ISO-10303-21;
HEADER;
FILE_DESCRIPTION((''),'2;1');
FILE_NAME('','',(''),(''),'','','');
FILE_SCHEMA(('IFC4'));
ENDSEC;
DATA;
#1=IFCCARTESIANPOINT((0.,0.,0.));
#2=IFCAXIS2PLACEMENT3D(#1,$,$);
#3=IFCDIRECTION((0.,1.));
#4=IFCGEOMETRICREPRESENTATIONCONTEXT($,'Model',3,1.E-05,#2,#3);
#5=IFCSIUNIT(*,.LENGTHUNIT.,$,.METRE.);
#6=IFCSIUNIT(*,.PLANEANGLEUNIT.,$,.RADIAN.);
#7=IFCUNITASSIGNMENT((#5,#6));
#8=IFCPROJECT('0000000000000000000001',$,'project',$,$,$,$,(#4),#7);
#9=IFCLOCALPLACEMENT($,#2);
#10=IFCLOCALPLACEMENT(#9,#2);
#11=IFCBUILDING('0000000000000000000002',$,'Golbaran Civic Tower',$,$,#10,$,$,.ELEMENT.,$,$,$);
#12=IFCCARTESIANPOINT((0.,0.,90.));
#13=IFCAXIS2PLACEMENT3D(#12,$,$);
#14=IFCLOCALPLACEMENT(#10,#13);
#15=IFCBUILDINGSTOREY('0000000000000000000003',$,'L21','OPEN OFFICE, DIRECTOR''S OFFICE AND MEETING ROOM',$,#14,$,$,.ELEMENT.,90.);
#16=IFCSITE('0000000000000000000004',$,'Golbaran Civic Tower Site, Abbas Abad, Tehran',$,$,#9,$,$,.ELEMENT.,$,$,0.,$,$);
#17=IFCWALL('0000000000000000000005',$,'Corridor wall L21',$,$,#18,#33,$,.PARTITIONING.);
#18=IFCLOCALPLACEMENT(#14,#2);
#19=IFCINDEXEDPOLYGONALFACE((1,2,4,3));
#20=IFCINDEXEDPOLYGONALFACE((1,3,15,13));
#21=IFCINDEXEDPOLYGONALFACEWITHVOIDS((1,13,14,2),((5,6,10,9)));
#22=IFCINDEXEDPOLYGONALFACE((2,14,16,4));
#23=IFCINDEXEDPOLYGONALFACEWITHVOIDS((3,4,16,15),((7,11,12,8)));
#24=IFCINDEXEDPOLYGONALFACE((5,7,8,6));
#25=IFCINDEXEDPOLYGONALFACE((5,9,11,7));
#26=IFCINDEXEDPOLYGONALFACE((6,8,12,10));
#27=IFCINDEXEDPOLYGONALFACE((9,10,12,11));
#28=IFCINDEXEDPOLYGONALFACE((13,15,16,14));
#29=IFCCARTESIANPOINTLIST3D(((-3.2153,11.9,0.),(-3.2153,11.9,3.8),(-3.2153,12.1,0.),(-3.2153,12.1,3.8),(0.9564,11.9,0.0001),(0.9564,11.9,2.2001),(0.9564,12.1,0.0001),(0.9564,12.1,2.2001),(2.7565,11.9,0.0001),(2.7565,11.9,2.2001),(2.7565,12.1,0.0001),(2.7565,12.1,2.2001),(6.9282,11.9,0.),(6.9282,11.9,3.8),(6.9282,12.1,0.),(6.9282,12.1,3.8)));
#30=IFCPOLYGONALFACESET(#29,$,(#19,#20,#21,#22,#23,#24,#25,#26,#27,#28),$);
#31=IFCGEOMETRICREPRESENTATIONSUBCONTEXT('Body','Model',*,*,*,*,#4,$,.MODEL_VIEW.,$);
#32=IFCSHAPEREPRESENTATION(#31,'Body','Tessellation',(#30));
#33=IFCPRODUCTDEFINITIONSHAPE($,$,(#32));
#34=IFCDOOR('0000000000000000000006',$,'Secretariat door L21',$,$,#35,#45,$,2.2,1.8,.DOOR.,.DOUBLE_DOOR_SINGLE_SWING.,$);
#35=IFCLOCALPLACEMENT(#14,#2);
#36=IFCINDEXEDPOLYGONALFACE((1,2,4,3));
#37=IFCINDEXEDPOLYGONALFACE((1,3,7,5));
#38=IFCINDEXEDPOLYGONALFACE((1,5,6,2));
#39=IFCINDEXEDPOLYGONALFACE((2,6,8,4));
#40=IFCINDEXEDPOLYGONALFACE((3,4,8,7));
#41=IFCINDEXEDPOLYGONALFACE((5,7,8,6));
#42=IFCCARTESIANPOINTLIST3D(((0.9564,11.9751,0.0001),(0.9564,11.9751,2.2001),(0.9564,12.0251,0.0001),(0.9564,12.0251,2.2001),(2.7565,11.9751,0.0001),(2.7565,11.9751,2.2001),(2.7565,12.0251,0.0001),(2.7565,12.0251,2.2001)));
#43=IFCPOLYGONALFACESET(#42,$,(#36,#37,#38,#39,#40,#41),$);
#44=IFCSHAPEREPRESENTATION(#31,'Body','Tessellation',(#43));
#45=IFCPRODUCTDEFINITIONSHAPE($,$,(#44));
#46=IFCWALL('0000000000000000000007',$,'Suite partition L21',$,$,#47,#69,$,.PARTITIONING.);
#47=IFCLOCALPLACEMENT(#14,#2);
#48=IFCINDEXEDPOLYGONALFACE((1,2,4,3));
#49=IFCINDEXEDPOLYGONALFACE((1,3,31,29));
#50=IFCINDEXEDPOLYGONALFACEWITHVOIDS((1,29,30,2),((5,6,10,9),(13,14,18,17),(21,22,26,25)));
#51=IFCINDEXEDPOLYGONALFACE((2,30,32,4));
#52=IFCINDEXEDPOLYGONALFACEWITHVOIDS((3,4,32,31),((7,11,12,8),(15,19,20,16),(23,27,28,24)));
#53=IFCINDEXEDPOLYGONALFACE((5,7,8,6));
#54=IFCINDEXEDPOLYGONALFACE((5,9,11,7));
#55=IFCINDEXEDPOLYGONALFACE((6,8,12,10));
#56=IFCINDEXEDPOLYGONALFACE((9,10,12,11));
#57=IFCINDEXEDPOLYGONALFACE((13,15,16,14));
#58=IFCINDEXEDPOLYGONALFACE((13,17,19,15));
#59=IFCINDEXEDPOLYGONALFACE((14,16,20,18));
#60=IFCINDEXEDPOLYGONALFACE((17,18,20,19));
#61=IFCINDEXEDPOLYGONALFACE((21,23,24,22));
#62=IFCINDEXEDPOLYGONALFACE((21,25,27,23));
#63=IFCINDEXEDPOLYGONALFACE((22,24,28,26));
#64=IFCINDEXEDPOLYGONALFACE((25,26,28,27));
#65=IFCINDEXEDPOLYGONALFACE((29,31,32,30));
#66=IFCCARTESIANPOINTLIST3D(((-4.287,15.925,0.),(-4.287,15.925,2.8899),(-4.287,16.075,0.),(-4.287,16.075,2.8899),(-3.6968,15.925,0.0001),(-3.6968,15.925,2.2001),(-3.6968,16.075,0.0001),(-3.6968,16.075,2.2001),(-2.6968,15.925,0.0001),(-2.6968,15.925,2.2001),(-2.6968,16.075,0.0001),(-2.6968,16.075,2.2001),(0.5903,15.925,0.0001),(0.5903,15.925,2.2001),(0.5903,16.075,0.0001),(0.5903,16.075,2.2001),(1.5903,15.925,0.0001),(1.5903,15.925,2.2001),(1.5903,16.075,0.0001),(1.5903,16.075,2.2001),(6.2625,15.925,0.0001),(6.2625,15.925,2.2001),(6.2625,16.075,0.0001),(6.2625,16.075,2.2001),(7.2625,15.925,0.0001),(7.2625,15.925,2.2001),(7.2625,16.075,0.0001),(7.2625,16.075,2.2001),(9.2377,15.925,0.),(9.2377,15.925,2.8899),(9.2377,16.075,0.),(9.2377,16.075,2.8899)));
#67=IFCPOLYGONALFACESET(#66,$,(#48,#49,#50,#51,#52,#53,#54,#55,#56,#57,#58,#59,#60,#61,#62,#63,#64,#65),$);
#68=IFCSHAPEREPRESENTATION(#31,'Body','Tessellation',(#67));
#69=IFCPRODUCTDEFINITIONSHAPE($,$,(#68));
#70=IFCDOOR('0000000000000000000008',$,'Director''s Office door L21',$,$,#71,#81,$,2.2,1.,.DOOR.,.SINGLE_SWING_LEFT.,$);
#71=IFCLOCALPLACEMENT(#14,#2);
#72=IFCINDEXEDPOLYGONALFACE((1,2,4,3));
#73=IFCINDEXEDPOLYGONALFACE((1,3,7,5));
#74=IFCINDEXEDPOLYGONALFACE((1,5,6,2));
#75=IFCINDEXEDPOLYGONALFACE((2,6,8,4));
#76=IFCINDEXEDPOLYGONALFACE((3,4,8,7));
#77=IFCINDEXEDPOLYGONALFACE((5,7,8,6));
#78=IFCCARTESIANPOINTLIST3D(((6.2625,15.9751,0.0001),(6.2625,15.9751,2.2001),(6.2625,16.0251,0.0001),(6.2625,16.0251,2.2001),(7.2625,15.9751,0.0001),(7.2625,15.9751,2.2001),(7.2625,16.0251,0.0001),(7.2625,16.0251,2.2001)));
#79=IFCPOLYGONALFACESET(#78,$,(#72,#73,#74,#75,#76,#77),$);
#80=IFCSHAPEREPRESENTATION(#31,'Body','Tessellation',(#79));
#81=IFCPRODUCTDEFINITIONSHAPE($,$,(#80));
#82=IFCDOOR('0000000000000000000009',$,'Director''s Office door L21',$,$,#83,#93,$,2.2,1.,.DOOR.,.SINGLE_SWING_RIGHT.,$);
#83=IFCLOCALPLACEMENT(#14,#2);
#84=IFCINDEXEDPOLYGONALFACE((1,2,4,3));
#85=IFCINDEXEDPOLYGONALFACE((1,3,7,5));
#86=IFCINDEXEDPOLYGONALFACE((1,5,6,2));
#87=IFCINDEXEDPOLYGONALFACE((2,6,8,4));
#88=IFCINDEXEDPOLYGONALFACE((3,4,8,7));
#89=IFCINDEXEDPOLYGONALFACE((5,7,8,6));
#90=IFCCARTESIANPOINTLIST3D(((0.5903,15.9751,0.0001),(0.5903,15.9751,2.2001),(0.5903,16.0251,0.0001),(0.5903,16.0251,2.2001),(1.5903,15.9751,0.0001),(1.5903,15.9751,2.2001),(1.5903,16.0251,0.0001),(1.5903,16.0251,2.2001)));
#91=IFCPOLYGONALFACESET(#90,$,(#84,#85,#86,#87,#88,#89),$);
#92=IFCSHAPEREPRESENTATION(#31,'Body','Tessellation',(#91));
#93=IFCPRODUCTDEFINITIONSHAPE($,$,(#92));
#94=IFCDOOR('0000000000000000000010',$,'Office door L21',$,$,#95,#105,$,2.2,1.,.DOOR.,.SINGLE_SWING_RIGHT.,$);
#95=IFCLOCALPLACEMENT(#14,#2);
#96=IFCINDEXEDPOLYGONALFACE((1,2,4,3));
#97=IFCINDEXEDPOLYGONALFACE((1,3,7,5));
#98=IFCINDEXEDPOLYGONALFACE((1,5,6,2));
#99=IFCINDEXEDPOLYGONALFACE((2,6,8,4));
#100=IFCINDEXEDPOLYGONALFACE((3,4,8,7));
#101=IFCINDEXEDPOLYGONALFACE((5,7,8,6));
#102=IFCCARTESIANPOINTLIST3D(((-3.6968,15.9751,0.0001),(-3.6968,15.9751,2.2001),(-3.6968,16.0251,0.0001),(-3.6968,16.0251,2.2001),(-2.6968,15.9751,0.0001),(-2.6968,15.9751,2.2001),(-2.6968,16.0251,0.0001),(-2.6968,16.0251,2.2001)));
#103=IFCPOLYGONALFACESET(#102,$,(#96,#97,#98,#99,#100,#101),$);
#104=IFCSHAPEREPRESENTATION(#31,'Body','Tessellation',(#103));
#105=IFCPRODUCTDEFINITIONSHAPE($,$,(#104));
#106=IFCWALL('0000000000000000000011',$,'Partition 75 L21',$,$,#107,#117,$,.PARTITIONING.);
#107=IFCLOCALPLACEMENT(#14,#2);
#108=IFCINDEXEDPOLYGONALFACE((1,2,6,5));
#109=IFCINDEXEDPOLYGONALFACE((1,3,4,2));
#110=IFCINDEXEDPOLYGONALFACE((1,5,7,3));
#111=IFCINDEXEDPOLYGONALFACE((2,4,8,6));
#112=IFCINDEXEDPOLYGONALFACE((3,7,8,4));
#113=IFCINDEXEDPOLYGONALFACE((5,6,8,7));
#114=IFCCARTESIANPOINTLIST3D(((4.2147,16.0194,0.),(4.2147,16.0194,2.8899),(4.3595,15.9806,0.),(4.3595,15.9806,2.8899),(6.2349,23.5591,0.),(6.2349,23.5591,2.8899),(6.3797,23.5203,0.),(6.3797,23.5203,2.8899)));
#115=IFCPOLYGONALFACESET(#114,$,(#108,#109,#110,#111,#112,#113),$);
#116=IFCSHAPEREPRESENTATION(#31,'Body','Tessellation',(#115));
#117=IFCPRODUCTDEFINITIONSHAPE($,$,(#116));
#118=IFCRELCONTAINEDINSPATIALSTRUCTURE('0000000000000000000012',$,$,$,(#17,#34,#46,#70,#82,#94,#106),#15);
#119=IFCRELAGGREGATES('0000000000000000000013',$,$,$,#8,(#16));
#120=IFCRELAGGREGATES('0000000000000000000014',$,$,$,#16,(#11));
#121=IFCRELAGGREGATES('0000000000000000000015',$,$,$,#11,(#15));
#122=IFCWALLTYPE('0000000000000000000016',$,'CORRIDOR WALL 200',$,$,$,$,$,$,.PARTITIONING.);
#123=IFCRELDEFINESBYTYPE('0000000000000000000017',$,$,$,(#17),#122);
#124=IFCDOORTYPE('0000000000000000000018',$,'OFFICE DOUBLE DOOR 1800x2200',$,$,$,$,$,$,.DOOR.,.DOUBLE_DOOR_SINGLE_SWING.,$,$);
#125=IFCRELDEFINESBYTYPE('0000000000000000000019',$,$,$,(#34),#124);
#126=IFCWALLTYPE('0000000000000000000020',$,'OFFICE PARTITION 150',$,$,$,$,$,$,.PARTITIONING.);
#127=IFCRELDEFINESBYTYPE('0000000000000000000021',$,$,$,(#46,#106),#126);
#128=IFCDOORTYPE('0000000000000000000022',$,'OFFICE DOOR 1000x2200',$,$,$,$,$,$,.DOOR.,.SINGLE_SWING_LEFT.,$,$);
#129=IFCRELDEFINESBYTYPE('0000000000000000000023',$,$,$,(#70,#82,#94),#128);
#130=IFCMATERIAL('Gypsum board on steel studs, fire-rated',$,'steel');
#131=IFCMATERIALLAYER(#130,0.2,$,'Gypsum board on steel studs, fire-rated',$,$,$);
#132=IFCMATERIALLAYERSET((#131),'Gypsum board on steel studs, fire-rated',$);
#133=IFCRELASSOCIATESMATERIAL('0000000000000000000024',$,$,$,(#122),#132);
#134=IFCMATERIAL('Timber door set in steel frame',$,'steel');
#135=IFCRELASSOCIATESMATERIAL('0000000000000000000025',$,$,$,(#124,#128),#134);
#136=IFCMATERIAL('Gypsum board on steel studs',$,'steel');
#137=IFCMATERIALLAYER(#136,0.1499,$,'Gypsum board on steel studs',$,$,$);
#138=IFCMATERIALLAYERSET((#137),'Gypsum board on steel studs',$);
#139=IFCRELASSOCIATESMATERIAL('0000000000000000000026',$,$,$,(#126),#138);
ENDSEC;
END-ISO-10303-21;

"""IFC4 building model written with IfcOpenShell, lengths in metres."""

from ifc_helpers import new_model, si_unit, direction, frame, frame_2d, origin, place, context, subcontext, project, spatial, rectangle, extrude, material, layer, layer_set, type_object, element, fill, save


model = new_model("IFC4")

# Units and contexts
model_context = context("Model", 3, precision=1e-05, world=origin(), true_north=direction((0.0, 1.0)))
body_context = subcontext(model_context, "Body", "Model", "MODEL_VIEW")
ifc_project = project(units=[si_unit("LENGTHUNIT", "METRE"), si_unit("PLANEANGLEUNIT", "RADIAN")], contexts=[model_context])

# Site, building, storey
site_placement = place(None, origin())
site = spatial("IfcSite", under=ifc_project, at=site_placement, Name="Golbaran Civic Tower Site, Abbas Abad, Tehran", CompositionType="ELEMENT", RefElevation=0.0)
building_placement = place(site_placement, origin())
building = spatial("IfcBuilding", under=site, at=building_placement, Name="Golbaran Civic Tower", CompositionType="ELEMENT")
storey_placement = place(building_placement, frame((0.0, 0.0, 90.0)))
storey = spatial("IfcBuildingStorey", under=building, at=storey_placement, Name="L21", Description="OPEN OFFICE, DIRECTOR'S OFFICE AND MEETING ROOM", CompositionType="ELEMENT", Elevation=90.0)

# Shared definitions
ifc_material_1 = material(Name="Gypsum board on steel studs, fire-rated", Category="steel")
ifc_layer_1 = layer(ifc_material_1, 0.2, Name="Gypsum board on steel studs, fire-rated")
ifc_layer_set_1 = layer_set([ifc_layer_1], Name="Gypsum board on steel studs, fire-rated")
wall_type_1 = type_object("IfcWallType", Name="CORRIDOR WALL 200", PredefinedType="PARTITIONING", material=ifc_layer_set_1)

# Wall, opening, door
wall_1_placement = place(storey_placement, frame((6.9282, 12.0, 0.0), z_axis=(0.0, 0.0, 1.0), x_axis=(-1.0, 0.0, 0.0)))
wall_1 = element("IfcWall", 1, at=wall_1_placement, inside=storey, type_object=wall_type_1, Name="Corridor wall L21", PredefinedType="PARTITIONING", context=body_context, shape_type="SweptSolid", body=[
    extrude(rectangle(XDim=10.1436, YDim=0.2, at=frame_2d((5.0718, 0.0))), origin(), (0.0, 0.0, 1.0), 3.8),
])
opening_1_placement = place(wall_1_placement, frame((4.1719, 0.0, 0.0)))
opening_1 = element("IfcOpeningElement", 2, at=opening_1_placement, cuts=wall_1, PredefinedType="OPENING", context=body_context, shape_type="SweptSolid", body=[
    extrude(rectangle(XDim=1.8, YDim=2.2, at=frame_2d((0.8999, 1.1001))), frame((0.0, 0.1099, 0.0), z_axis=(0.0, -1.0, 0.0), x_axis=(1.0, 0.0, 0.0)), (0.0, 0.0, 1.0), 0.22),
])
ifc_material_2 = material(Name="Timber door set in steel frame", Category="steel")
door_type_1 = type_object("IfcDoorType", Name="OFFICE DOUBLE DOOR 1800x2200", OperationType="DOUBLE_DOOR_SINGLE_SWING", PredefinedType="DOOR", material=ifc_material_2)
door_1_placement = place(opening_1_placement, origin())
door_1 = element("IfcDoor", 3, at=door_1_placement, inside=storey, type_object=door_type_1, Name="Secretariat door L21", OperationType="DOUBLE_DOOR_SINGLE_SWING", OverallHeight=2.2, OverallWidth=1.8, PredefinedType="DOOR", context=body_context, shape_type="SweptSolid", body=[
    extrude(rectangle(XDim=1.8, YDim=2.2, at=frame_2d((0.8999, 1.1001))), frame((0.0, 0.0249, 0.0), z_axis=(0.0, -1.0, 0.0), x_axis=(1.0, 0.0, 0.0)), (0.0, 0.0, 1.0), 0.05),
])
fill(opening_1, door_1)

# Wall, openings, doors
ifc_material_3 = material(Name="Gypsum board on steel studs", Category="steel")
ifc_layer_2 = layer(ifc_material_3, 0.1499, Name="Gypsum board on steel studs")
ifc_layer_set_2 = layer_set([ifc_layer_2], Name="Gypsum board on steel studs")
wall_type_2 = type_object("IfcWallType", Name="OFFICE PARTITION 150", PredefinedType="PARTITIONING", material=ifc_layer_set_2)
wall_2_placement = place(storey_placement, frame((9.2375, 16.0, 0.0), z_axis=(0.0, 0.0, 1.0), x_axis=(-1.0, 0.0, 0.0)))
wall_2 = element("IfcWall", 4, at=wall_2_placement, inside=storey, type_object=wall_type_2, Name="Suite partition L21", PredefinedType="PARTITIONING", context=body_context, shape_type="SweptSolid", body=[
    extrude(rectangle(XDim=13.5247, YDim=0.1499, at=frame_2d((6.7622, 0.0))), origin(), (0.0, 0.0, 1.0), 2.8899),
])
opening_2_placement = place(wall_2_placement, frame((1.9751, 0.0, 0.0)))
opening_2 = element("IfcOpeningElement", 5, at=opening_2_placement, cuts=wall_2, PredefinedType="OPENING", context=body_context, shape_type="SweptSolid", body=[
    extrude(rectangle(XDim=1.0, YDim=2.2, at=frame_2d((0.5, 1.1001))), frame((0.0, 0.085, 0.0), z_axis=(0.0, -1.0, 0.0), x_axis=(1.0, 0.0, 0.0)), (0.0, 0.0, 1.0), 0.1699),
])
opening_3_placement = place(wall_2_placement, frame((7.6472, 0.0, 0.0)))
opening_3 = element("IfcOpeningElement", 6, at=opening_3_placement, cuts=wall_2, PredefinedType="OPENING", context=body_context, shape_type="SweptSolid", body=[
    extrude(rectangle(XDim=1.0, YDim=2.2, at=frame_2d((0.5, 1.1001))), frame((0.0, 0.085, 0.0), z_axis=(0.0, -1.0, 0.0), x_axis=(1.0, 0.0, 0.0)), (0.0, 0.0, 1.0), 0.1699),
])
opening_4_placement = place(wall_2_placement, frame((11.9343, 0.0, 0.0)))
opening_4 = element("IfcOpeningElement", 7, at=opening_4_placement, cuts=wall_2, PredefinedType="OPENING", context=body_context, shape_type="SweptSolid", body=[
    extrude(rectangle(XDim=1.0, YDim=2.2, at=frame_2d((0.5, 1.1001))), frame((0.0, 0.085, 0.0), z_axis=(0.0, -1.0, 0.0), x_axis=(1.0, 0.0, 0.0)), (0.0, 0.0, 1.0), 0.1699),
])
door_type_2 = type_object("IfcDoorType", Name="OFFICE DOOR 1000x2200", OperationType="SINGLE_SWING_LEFT", PredefinedType="DOOR", material=ifc_material_2)
door_2_placement = place(opening_2_placement, origin())
door_2 = element("IfcDoor", 8, at=door_2_placement, inside=storey, type_object=door_type_2, Name="Director's Office door L21", OperationType="SINGLE_SWING_LEFT", OverallHeight=2.2, OverallWidth=1.0, PredefinedType="DOOR", context=body_context, shape_type="SweptSolid", body=[
    extrude(rectangle(XDim=1.0, YDim=2.2, at=frame_2d((0.5, 1.1001))), frame((0.0, 0.0249, 0.0), z_axis=(0.0, -1.0, 0.0), x_axis=(1.0, 0.0, 0.0)), (0.0, 0.0, 1.0), 0.05),
])
fill(opening_2, door_2)
door_3_placement = place(opening_3_placement, origin())
door_3 = element("IfcDoor", 9, at=door_3_placement, inside=storey, type_object=door_type_2, Name="Director's Office door L21", OperationType="SINGLE_SWING_RIGHT", OverallHeight=2.2, OverallWidth=1.0, PredefinedType="DOOR", context=body_context, shape_type="SweptSolid", body=[
    extrude(rectangle(XDim=1.0, YDim=2.2, at=frame_2d((0.5, 1.1001))), frame((0.0, 0.0249, 0.0), z_axis=(0.0, -1.0, 0.0), x_axis=(1.0, 0.0, 0.0)), (0.0, 0.0, 1.0), 0.05),
])
fill(opening_3, door_3)
door_4_placement = place(opening_4_placement, origin())
door_4 = element("IfcDoor", 10, at=door_4_placement, inside=storey, type_object=door_type_2, Name="Office door L21", OperationType="SINGLE_SWING_RIGHT", OverallHeight=2.2, OverallWidth=1.0, PredefinedType="DOOR", context=body_context, shape_type="SweptSolid", body=[
    extrude(rectangle(XDim=1.0, YDim=2.2, at=frame_2d((0.5, 1.1001))), frame((0.0, 0.0249, 0.0), z_axis=(0.0, -1.0, 0.0), x_axis=(1.0, 0.0, 0.0)), (0.0, 0.0, 1.0), 0.05),
])
fill(opening_4, door_4)

# Wall
wall_3_placement = place(storey_placement, frame((4.2871, 16.0, 0.0), z_axis=(0.0, 0.0, 1.0), x_axis=(0.258817, 0.965926, 0.0)))
element("IfcWall", 11, at=wall_3_placement, inside=storey, type_object=wall_type_2, Name="Partition 75 L21", PredefinedType="PARTITIONING", context=body_context, shape_type="SweptSolid", body=[
    extrude(rectangle(XDim=7.8057, YDim=0.1499, at=frame_2d((3.9028, 0.0))), origin(), (0.0, 0.0, 1.0), 2.8899),
])

save(model, "model.ifc")
